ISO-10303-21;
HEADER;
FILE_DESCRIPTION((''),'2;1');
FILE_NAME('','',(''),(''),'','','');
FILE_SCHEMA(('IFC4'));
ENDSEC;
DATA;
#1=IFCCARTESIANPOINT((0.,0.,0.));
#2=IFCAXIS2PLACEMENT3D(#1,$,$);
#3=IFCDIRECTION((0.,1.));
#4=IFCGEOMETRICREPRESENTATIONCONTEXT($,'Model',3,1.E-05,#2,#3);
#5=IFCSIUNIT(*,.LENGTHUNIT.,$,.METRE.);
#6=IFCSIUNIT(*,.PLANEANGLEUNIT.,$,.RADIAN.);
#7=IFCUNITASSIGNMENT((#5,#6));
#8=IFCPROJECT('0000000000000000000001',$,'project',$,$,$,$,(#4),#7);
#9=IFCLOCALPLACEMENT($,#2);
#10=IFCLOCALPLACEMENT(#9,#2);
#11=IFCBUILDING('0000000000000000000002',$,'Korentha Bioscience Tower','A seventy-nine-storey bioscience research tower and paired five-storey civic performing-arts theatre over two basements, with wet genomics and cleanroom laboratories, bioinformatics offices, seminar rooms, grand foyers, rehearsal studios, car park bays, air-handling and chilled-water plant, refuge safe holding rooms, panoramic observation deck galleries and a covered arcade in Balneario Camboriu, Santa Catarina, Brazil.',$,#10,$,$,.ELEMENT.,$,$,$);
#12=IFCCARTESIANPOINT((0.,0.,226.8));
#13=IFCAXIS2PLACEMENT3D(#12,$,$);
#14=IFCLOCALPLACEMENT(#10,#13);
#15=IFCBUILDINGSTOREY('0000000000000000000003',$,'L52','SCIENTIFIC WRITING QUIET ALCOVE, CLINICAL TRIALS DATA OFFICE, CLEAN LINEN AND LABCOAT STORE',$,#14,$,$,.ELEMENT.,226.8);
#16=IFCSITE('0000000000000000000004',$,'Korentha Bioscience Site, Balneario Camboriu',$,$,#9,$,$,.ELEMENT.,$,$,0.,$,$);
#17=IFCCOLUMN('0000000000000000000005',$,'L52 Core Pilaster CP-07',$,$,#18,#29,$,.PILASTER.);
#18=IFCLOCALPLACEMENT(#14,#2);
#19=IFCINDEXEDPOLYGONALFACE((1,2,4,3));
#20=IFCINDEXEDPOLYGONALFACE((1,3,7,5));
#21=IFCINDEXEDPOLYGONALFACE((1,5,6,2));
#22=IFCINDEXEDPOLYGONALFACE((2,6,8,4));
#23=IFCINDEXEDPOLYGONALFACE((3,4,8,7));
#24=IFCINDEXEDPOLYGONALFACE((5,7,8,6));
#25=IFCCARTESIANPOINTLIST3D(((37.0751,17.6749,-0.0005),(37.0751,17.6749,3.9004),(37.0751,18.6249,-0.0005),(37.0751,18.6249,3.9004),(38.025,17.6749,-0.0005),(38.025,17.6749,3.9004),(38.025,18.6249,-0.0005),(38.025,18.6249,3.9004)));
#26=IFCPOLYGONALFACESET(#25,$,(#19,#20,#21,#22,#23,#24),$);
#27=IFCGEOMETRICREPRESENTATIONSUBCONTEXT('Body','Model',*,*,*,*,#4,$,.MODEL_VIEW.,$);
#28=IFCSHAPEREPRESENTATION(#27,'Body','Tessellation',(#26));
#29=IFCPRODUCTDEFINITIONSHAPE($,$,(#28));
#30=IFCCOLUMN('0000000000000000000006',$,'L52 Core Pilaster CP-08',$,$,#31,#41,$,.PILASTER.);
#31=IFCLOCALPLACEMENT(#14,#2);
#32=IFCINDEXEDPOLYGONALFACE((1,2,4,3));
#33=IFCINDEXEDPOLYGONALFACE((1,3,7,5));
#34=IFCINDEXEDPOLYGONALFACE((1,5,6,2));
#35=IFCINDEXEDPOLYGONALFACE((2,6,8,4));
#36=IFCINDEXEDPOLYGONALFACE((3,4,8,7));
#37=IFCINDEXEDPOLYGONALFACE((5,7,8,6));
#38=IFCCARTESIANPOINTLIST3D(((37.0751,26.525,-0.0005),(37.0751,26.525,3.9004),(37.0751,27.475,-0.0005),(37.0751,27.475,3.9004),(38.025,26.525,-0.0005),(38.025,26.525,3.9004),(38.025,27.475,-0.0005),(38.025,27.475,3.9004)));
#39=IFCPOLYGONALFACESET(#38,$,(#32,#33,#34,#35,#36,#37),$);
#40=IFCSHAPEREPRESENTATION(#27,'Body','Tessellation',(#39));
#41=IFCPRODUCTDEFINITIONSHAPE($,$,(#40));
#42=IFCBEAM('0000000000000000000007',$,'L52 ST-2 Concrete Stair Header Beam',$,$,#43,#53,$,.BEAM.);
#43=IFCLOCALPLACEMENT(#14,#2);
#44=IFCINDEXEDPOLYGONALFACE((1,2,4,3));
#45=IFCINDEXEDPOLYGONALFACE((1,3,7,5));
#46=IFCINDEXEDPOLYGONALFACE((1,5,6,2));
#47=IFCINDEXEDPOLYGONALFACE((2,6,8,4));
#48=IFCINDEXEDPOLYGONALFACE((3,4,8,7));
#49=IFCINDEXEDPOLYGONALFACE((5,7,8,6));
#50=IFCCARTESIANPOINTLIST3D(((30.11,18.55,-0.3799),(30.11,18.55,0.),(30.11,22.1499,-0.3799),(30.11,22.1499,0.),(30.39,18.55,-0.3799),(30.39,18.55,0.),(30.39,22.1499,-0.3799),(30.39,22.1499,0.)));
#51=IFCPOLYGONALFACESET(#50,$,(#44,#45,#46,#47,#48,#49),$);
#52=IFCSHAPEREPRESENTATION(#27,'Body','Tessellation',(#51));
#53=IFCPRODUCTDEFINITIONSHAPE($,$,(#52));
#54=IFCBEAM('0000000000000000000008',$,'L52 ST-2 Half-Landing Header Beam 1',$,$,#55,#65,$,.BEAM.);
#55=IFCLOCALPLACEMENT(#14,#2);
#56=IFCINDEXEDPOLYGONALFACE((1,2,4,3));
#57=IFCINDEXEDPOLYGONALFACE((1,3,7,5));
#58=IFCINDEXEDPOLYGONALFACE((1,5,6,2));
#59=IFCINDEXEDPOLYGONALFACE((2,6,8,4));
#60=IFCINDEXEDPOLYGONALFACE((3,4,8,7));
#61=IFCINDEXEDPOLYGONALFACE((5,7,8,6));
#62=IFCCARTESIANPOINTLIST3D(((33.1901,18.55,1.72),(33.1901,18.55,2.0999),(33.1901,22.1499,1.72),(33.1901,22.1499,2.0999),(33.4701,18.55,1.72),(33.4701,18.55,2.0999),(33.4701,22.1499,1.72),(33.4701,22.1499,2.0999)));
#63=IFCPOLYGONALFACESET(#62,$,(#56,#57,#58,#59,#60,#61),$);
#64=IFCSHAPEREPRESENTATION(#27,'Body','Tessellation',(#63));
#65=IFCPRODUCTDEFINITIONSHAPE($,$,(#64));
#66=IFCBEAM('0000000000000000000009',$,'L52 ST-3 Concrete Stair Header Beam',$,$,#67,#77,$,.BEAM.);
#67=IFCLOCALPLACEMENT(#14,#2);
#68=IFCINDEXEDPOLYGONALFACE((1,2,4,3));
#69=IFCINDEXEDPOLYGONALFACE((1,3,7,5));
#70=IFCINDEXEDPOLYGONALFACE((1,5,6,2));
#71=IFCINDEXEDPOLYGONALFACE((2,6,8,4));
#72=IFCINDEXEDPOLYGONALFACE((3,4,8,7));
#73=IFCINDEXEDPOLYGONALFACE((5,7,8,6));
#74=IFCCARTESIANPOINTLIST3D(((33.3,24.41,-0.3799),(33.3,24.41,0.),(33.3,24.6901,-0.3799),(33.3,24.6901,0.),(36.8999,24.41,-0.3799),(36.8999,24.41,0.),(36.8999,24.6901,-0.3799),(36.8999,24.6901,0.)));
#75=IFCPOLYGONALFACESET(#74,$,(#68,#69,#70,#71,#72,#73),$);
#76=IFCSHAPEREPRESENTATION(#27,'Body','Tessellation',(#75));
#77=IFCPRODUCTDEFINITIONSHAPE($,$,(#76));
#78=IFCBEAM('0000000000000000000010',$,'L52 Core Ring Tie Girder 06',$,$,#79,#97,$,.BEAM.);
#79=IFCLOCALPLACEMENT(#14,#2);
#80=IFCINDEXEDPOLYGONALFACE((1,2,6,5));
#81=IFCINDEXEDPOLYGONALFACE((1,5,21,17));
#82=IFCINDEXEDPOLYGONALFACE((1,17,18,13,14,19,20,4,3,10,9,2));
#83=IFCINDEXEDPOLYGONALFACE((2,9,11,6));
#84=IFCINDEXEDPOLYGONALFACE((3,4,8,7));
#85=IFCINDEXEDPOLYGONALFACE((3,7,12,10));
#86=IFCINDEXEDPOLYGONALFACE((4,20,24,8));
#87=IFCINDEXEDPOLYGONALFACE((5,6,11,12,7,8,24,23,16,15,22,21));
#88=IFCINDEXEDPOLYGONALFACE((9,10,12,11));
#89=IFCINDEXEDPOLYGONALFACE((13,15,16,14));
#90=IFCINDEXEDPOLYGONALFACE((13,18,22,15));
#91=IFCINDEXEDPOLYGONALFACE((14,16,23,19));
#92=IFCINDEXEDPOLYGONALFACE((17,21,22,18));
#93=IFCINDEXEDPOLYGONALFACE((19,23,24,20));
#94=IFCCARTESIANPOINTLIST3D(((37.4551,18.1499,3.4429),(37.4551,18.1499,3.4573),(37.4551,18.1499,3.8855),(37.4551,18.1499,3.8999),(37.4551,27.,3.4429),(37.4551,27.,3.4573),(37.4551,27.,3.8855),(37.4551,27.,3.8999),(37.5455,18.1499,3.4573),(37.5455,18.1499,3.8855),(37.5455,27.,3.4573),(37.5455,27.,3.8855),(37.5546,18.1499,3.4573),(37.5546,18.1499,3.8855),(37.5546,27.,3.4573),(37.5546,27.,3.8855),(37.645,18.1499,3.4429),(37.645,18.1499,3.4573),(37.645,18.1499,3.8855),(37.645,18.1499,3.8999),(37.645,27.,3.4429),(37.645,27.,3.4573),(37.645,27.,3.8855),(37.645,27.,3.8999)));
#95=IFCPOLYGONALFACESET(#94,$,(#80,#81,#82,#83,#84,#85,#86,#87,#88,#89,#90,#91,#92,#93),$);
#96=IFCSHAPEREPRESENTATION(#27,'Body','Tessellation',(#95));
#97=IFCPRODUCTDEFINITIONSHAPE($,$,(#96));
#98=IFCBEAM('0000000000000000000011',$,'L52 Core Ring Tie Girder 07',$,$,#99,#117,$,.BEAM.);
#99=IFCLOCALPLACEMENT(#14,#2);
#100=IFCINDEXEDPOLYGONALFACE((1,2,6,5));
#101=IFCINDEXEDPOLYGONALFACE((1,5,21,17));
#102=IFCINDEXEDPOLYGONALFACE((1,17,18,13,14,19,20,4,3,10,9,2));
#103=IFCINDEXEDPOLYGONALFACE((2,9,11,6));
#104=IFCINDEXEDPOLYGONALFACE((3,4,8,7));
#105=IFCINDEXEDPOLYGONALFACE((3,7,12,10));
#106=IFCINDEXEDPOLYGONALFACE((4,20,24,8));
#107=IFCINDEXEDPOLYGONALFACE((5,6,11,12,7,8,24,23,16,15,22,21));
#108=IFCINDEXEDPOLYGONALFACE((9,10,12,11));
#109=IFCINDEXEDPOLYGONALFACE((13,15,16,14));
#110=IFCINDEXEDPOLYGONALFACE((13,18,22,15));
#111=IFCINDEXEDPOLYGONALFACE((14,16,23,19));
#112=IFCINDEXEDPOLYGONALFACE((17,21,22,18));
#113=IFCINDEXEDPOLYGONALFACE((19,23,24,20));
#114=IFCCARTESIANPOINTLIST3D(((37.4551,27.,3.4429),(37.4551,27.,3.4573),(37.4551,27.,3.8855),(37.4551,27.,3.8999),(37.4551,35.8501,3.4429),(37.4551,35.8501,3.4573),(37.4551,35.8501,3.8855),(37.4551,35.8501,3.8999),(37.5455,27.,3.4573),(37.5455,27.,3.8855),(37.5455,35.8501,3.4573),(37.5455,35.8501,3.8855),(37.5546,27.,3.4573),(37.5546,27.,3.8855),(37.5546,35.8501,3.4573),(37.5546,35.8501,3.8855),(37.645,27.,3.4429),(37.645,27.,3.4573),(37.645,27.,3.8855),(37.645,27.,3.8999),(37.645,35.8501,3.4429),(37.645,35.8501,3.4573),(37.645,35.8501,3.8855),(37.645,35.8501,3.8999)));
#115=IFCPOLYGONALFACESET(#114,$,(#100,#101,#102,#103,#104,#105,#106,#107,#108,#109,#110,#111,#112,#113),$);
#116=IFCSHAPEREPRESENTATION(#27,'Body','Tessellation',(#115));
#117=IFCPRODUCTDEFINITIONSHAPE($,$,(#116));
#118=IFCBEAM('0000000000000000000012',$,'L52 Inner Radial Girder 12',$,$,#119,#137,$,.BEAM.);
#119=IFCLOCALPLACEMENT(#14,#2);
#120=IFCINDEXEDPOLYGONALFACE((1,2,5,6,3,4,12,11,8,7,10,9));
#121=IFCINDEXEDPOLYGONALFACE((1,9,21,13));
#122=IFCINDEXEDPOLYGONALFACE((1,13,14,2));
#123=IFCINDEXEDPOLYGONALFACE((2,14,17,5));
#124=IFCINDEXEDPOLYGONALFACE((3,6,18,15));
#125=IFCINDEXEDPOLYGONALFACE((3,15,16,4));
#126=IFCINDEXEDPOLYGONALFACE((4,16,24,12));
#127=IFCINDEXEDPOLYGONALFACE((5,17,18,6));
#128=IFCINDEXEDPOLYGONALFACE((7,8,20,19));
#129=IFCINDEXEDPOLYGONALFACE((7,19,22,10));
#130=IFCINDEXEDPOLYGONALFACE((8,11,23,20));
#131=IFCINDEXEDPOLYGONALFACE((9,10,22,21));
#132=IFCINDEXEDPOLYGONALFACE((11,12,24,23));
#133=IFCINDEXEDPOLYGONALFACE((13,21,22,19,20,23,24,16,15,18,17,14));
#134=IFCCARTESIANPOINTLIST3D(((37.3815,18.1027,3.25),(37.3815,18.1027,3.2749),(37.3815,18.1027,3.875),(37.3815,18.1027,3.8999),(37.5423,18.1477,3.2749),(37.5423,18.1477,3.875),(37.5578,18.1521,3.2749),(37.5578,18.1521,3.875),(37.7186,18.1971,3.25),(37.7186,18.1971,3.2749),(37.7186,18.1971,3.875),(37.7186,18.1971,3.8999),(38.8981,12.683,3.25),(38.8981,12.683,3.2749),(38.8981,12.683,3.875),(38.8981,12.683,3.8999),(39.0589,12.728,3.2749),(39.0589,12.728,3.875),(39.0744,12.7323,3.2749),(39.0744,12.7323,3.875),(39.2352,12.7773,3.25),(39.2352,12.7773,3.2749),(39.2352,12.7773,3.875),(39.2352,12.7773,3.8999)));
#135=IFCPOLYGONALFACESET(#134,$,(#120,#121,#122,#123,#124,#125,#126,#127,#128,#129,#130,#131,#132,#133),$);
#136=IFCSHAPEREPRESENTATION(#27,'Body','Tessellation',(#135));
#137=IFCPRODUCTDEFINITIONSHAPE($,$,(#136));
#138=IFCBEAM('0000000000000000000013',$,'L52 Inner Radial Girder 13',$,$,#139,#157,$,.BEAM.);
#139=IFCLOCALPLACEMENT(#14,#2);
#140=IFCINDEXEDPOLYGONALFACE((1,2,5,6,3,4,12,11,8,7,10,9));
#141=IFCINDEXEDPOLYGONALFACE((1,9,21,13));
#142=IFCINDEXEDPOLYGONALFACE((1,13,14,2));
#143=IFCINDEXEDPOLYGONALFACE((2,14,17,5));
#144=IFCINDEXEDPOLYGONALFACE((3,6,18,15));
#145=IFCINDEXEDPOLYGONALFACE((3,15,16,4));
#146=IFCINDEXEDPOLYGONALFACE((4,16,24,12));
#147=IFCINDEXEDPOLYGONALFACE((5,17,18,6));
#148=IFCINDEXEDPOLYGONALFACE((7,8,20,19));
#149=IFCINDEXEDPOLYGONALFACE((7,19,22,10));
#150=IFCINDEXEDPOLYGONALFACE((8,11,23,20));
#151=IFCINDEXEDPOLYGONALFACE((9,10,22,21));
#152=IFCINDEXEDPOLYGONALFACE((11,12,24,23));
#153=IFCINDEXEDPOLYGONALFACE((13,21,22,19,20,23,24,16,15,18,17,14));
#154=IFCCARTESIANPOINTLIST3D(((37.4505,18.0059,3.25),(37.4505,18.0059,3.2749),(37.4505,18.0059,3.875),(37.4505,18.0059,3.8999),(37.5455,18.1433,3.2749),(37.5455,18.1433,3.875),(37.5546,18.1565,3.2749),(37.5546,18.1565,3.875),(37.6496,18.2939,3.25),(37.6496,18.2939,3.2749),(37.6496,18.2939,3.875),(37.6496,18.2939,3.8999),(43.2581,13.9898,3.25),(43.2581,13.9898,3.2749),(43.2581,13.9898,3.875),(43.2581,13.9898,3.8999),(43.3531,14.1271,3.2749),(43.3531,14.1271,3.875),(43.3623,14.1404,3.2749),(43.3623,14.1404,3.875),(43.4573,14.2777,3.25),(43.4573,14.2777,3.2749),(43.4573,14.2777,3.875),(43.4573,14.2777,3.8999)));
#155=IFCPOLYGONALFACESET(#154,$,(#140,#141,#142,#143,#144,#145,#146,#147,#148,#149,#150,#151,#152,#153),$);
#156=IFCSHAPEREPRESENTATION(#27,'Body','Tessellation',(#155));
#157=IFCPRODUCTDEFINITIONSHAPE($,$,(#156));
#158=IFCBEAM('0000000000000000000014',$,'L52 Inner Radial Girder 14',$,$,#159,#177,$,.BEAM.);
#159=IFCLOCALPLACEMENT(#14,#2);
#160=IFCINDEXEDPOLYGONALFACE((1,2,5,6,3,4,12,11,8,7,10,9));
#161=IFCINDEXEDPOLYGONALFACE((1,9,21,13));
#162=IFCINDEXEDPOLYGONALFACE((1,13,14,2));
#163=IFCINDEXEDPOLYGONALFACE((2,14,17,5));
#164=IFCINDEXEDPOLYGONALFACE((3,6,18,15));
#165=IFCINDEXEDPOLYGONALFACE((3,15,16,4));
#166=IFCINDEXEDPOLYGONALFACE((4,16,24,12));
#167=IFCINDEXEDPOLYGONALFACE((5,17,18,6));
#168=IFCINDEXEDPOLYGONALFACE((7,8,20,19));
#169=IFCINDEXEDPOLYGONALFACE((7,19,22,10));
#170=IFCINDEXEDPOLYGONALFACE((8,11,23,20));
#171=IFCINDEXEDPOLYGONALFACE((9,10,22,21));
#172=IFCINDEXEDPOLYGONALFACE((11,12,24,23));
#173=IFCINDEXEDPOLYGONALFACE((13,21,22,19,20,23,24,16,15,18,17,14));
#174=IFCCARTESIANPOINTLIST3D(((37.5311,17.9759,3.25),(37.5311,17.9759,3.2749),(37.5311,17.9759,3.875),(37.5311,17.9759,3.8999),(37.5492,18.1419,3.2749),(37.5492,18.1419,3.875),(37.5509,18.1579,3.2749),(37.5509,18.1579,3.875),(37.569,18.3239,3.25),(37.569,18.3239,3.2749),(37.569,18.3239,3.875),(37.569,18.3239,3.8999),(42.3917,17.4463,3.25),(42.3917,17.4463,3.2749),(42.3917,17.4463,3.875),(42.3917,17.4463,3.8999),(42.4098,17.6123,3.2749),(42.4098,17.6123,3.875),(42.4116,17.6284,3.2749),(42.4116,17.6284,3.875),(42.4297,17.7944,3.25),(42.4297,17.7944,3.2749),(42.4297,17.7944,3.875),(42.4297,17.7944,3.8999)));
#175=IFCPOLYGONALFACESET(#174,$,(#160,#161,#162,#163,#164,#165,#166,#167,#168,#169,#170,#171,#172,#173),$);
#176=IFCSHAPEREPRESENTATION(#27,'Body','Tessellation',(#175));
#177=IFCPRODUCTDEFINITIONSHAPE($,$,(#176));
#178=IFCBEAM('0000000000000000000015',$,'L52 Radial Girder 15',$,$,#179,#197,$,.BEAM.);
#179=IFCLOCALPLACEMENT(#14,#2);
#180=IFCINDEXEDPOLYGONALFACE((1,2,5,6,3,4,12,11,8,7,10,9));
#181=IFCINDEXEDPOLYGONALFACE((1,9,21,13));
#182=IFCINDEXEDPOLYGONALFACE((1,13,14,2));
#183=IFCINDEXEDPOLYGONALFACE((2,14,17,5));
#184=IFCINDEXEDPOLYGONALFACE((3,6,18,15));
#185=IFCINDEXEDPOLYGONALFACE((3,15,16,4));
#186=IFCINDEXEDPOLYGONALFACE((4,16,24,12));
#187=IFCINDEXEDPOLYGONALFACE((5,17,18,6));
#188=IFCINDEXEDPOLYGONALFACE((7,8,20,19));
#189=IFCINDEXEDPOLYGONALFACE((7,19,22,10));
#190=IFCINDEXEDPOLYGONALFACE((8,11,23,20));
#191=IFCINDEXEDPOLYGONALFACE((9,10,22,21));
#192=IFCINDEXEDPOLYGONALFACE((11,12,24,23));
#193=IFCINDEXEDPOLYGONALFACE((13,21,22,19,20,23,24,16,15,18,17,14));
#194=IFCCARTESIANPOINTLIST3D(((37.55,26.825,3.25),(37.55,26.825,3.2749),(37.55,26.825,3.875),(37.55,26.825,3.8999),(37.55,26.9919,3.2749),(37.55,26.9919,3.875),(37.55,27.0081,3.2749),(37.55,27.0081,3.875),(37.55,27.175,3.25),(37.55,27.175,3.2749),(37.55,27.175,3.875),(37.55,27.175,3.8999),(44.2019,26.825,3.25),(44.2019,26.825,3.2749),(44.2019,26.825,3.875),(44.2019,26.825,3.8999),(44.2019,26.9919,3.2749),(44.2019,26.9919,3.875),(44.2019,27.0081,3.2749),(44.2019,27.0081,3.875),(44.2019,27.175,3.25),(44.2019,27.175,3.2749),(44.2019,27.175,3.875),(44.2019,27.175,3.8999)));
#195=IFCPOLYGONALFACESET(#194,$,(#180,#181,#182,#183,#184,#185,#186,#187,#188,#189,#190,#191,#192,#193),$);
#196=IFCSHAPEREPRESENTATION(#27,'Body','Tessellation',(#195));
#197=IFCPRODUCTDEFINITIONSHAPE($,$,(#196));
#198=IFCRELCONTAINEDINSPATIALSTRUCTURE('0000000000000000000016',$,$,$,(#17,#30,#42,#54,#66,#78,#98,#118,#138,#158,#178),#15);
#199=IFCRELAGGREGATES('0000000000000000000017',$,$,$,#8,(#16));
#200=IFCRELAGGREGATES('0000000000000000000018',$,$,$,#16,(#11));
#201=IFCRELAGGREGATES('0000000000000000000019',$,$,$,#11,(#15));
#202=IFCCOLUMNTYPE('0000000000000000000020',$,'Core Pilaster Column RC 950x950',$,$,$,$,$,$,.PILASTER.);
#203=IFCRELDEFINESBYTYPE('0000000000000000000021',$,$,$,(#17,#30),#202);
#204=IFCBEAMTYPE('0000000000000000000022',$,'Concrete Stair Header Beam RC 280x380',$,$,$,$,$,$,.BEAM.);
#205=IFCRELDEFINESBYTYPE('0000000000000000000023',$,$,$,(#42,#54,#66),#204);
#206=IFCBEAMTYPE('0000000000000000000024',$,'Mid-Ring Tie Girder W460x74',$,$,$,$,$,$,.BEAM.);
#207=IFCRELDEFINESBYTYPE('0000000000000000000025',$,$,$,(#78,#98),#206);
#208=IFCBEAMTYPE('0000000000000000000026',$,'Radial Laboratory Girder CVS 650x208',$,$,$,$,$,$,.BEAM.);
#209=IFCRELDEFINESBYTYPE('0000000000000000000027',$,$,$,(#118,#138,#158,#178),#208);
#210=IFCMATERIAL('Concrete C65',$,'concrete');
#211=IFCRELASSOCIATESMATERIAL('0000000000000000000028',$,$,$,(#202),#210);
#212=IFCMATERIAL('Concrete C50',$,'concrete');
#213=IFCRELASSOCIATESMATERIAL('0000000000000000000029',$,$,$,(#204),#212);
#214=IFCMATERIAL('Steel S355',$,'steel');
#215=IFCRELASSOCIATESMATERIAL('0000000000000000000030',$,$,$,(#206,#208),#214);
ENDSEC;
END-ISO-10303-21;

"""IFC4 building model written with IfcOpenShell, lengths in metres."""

from ifc_helpers import new_model, si_unit, direction, frame, origin, origin_2d, place, context, subcontext, project, spatial, rectangle, i_section, extrude, material, material_profile, profile_set, type_object, element, save


model = new_model("IFC4")

# Units and contexts
model_context = context("Model", 3, precision=1e-05, world=origin(), true_north=direction((0.0, 1.0)))
body_context = subcontext(model_context, "Body", "Model", "MODEL_VIEW")
ifc_project = project(units=[si_unit("LENGTHUNIT", "METRE"), si_unit("PLANEANGLEUNIT", "RADIAN")], contexts=[model_context])

# Site, building, storey
site_placement = place(None, origin())
site = spatial("IfcSite", under=ifc_project, at=site_placement, Name="Korentha Bioscience Site, Balneario Camboriu", CompositionType="ELEMENT", RefElevation=0.0)
building_placement = place(site_placement, origin())
building = spatial("IfcBuilding", under=site, at=building_placement, Name="Korentha Bioscience Tower", Description="A seventy-nine-storey bioscience research tower and paired five-storey civic performing-arts theatre over two basements, with wet genomics and cleanroom laboratories, bioinformatics offices, seminar rooms, grand foyers, rehearsal studios, car park bays, air-handling and chilled-water plant, refuge safe holding rooms, panoramic observation deck galleries and a covered arcade in Balneario Camboriu, Santa Catarina, Brazil.", CompositionType="ELEMENT")
storey_placement = place(building_placement, frame((0.0, 0.0, 226.8)))
storey = spatial("IfcBuildingStorey", under=building, at=storey_placement, Name="L52", Description="SCIENTIFIC WRITING QUIET ALCOVE, CLINICAL TRIALS DATA OFFICE, CLEAN LINEN AND LABCOAT STORE", CompositionType="ELEMENT", Elevation=226.8)

# Columns
ifc_material_1 = material(Name="Concrete C65", Category="concrete")
ifc_material_profile_1 = material_profile(ifc_material_1, rectangle(XDim=0.95, YDim=0.95, at=origin_2d()), Name="Concrete C65")
ifc_profile_set_1 = profile_set([ifc_material_profile_1], Name="Concrete C65 (COL-CP09)")
column_type = type_object("IfcColumnType", Name="Core Pilaster Column RC 950x950", PredefinedType="PILASTER", material=ifc_profile_set_1)
for number, where, z_axis, x_axis, name in (
    (1, (37.55, 18.1499, -0.0005), (0.0, 0.0, 1.0), (1.0, 0.0, 0.0), "L52 Core Pilaster CP-07"),
    (2, (37.55, 27.0, -0.0005), (0.0, 0.0, 1.0), (1.0, 0.0, 0.0), "L52 Core Pilaster CP-08"),
):
    element("IfcColumn", number, at=place(storey_placement, frame(where, z_axis=z_axis, x_axis=x_axis)), inside=storey, type_object=column_type, Name=name, PredefinedType="PILASTER", context=body_context, shape_type="SweptSolid", body=[
        extrude(rectangle(XDim=0.95, YDim=0.95, at=origin_2d()), origin(), (0.0, 0.0, 1.0), 3.9009),
    ])

# Beams
ifc_material_2 = material(Name="Concrete C50", Category="concrete")
ifc_material_profile_2 = material_profile(ifc_material_2, rectangle(XDim=0.28, YDim=0.3799, at=origin_2d()), Name="Concrete C50")
ifc_profile_set_2 = profile_set([ifc_material_profile_2], Name="Concrete C50 (ST-HB380)")
beam_type_1 = type_object("IfcBeamType", Name="Concrete Stair Header Beam RC 280x380", PredefinedType="BEAM", material=ifc_profile_set_2)
for number, where, z_axis, x_axis, name in (
    (3, (30.25, 18.55, -0.1899), (0.0, 1.0, 0.0), (-1.0, 0.0, 0.0), "L52 ST-2 Concrete Stair Header Beam"),
    (4, (33.3301, 18.55, 1.9099), (0.0, 1.0, 0.0), (-1.0, 0.0, 0.0), "L52 ST-2 Half-Landing Header Beam 1"),
    (5, (36.8999, 24.55, -0.1899), (-1.0, 0.0, 0.0), (0.0, -1.0, 0.0), "L52 ST-3 Concrete Stair Header Beam"),
):
    element("IfcBeam", number, at=place(storey_placement, frame(where, z_axis=z_axis, x_axis=x_axis)), inside=storey, type_object=beam_type_1, Name=name, PredefinedType="BEAM", context=body_context, shape_type="SweptSolid", body=[
        extrude(rectangle(XDim=0.28, YDim=0.3799, at=origin_2d()), origin(), (0.0, 0.0, 1.0), 3.5999),
    ])
ifc_material_3 = material(Name="Steel S355", Category="steel")
ifc_material_profile_3 = material_profile(ifc_material_3, i_section(OverallWidth=0.1899, OverallDepth=0.457, WebThickness=0.009, FlangeThickness=0.0144, at=origin_2d()), Name="Steel S355")
ifc_profile_set_3 = profile_set([ifc_material_profile_3], Name="Steel S355 (MB-460)")
beam_type_2 = type_object("IfcBeamType", Name="Mid-Ring Tie Girder W460x74", PredefinedType="BEAM", material=ifc_profile_set_3)
for number, where, z_axis, x_axis, name in (
    (6, (37.55, 18.1499, 3.6714), (0.0, 1.0, 0.0), (-1.0, 0.0, 0.0), "L52 Core Ring Tie Girder 06"),
    (7, (37.55, 27.0, 3.6714), (0.0, 1.0, 0.0), (-1.0, 0.0, 0.0), "L52 Core Ring Tie Girder 07"),
):
    element("IfcBeam", number, at=place(storey_placement, frame(where, z_axis=z_axis, x_axis=x_axis)), inside=storey, type_object=beam_type_2, Name=name, PredefinedType="BEAM", context=body_context, shape_type="SweptSolid", body=[
        extrude(i_section(OverallWidth=0.1899, OverallDepth=0.457, WebThickness=0.009, FlangeThickness=0.0144, at=origin_2d()), origin(), (0.0, 0.0, 1.0), 8.8501),
    ])
ifc_material_profile_4 = material_profile(ifc_material_3, i_section(OverallWidth=0.3501, OverallDepth=0.6499, WebThickness=0.0161, FlangeThickness=0.0249, at=origin_2d()), Name="Steel S355")
ifc_profile_set_4 = profile_set([ifc_material_profile_4], Name="Steel S355 (RB-650)")
beam_type_3 = type_object("IfcBeamType", Name="Radial Laboratory Girder CVS 650x208", PredefinedType="BEAM", material=ifc_profile_set_4)
beam_1_placement = place(storey_placement, frame((37.55, 18.1499, 3.575), z_axis=(0.26948, -0.963006, 0.0), x_axis=(0.963006, 0.26948, 0.0)))
element("IfcBeam", 8, at=beam_1_placement, inside=storey, type_object=beam_type_3, Name="L52 Inner Radial Girder 12", PredefinedType="BEAM", context=body_context, shape_type="SweptSolid", body=[
    extrude(i_section(OverallWidth=0.3501, OverallDepth=0.6499, WebThickness=0.0161, FlangeThickness=0.0249, at=origin_2d()), origin(), (0.0, 0.0, 1.0), 5.6279),
])
beam_2_placement = place(storey_placement, frame((37.55, 18.1499, 3.575), z_axis=(0.822493, -0.568775, 0.0), x_axis=(0.568775, 0.822493, 0.0)))
element("IfcBeam", 9, at=beam_2_placement, inside=storey, type_object=beam_type_3, Name="L52 Inner Radial Girder 13", PredefinedType="BEAM", context=body_context, shape_type="SweptSolid", body=[
    extrude(i_section(OverallWidth=0.3501, OverallDepth=0.6499, WebThickness=0.0161, FlangeThickness=0.0249, at=origin_2d()), origin(), (0.0, 0.0, 1.0), 7.061),
])
beam_3_placement = place(storey_placement, frame((37.55, 18.1499, 3.575), z_axis=(0.994118, -0.108305, 0.0), x_axis=(0.108305, 0.994118, 0.0)))
element("IfcBeam", 10, at=beam_3_placement, inside=storey, type_object=beam_type_3, Name="L52 Inner Radial Girder 14", PredefinedType="BEAM", context=body_context, shape_type="SweptSolid", body=[
    extrude(i_section(OverallWidth=0.3501, OverallDepth=0.6499, WebThickness=0.0161, FlangeThickness=0.0249, at=origin_2d()), origin(), (0.0, 0.0, 1.0), 4.8894),
])
beam_4_placement = place(storey_placement, frame((37.55, 27.0, 3.575), z_axis=(1.0, 0.0, 0.0), x_axis=(0.0, 1.0, 0.0)))
element("IfcBeam", 11, at=beam_4_placement, inside=storey, type_object=beam_type_3, Name="L52 Radial Girder 15", PredefinedType="BEAM", context=body_context, shape_type="SweptSolid", body=[
    extrude(i_section(OverallWidth=0.3501, OverallDepth=0.6499, WebThickness=0.0161, FlangeThickness=0.0249, at=origin_2d()), origin(), (0.0, 0.0, 1.0), 6.6519),
])

save(model, "model.ifc")
